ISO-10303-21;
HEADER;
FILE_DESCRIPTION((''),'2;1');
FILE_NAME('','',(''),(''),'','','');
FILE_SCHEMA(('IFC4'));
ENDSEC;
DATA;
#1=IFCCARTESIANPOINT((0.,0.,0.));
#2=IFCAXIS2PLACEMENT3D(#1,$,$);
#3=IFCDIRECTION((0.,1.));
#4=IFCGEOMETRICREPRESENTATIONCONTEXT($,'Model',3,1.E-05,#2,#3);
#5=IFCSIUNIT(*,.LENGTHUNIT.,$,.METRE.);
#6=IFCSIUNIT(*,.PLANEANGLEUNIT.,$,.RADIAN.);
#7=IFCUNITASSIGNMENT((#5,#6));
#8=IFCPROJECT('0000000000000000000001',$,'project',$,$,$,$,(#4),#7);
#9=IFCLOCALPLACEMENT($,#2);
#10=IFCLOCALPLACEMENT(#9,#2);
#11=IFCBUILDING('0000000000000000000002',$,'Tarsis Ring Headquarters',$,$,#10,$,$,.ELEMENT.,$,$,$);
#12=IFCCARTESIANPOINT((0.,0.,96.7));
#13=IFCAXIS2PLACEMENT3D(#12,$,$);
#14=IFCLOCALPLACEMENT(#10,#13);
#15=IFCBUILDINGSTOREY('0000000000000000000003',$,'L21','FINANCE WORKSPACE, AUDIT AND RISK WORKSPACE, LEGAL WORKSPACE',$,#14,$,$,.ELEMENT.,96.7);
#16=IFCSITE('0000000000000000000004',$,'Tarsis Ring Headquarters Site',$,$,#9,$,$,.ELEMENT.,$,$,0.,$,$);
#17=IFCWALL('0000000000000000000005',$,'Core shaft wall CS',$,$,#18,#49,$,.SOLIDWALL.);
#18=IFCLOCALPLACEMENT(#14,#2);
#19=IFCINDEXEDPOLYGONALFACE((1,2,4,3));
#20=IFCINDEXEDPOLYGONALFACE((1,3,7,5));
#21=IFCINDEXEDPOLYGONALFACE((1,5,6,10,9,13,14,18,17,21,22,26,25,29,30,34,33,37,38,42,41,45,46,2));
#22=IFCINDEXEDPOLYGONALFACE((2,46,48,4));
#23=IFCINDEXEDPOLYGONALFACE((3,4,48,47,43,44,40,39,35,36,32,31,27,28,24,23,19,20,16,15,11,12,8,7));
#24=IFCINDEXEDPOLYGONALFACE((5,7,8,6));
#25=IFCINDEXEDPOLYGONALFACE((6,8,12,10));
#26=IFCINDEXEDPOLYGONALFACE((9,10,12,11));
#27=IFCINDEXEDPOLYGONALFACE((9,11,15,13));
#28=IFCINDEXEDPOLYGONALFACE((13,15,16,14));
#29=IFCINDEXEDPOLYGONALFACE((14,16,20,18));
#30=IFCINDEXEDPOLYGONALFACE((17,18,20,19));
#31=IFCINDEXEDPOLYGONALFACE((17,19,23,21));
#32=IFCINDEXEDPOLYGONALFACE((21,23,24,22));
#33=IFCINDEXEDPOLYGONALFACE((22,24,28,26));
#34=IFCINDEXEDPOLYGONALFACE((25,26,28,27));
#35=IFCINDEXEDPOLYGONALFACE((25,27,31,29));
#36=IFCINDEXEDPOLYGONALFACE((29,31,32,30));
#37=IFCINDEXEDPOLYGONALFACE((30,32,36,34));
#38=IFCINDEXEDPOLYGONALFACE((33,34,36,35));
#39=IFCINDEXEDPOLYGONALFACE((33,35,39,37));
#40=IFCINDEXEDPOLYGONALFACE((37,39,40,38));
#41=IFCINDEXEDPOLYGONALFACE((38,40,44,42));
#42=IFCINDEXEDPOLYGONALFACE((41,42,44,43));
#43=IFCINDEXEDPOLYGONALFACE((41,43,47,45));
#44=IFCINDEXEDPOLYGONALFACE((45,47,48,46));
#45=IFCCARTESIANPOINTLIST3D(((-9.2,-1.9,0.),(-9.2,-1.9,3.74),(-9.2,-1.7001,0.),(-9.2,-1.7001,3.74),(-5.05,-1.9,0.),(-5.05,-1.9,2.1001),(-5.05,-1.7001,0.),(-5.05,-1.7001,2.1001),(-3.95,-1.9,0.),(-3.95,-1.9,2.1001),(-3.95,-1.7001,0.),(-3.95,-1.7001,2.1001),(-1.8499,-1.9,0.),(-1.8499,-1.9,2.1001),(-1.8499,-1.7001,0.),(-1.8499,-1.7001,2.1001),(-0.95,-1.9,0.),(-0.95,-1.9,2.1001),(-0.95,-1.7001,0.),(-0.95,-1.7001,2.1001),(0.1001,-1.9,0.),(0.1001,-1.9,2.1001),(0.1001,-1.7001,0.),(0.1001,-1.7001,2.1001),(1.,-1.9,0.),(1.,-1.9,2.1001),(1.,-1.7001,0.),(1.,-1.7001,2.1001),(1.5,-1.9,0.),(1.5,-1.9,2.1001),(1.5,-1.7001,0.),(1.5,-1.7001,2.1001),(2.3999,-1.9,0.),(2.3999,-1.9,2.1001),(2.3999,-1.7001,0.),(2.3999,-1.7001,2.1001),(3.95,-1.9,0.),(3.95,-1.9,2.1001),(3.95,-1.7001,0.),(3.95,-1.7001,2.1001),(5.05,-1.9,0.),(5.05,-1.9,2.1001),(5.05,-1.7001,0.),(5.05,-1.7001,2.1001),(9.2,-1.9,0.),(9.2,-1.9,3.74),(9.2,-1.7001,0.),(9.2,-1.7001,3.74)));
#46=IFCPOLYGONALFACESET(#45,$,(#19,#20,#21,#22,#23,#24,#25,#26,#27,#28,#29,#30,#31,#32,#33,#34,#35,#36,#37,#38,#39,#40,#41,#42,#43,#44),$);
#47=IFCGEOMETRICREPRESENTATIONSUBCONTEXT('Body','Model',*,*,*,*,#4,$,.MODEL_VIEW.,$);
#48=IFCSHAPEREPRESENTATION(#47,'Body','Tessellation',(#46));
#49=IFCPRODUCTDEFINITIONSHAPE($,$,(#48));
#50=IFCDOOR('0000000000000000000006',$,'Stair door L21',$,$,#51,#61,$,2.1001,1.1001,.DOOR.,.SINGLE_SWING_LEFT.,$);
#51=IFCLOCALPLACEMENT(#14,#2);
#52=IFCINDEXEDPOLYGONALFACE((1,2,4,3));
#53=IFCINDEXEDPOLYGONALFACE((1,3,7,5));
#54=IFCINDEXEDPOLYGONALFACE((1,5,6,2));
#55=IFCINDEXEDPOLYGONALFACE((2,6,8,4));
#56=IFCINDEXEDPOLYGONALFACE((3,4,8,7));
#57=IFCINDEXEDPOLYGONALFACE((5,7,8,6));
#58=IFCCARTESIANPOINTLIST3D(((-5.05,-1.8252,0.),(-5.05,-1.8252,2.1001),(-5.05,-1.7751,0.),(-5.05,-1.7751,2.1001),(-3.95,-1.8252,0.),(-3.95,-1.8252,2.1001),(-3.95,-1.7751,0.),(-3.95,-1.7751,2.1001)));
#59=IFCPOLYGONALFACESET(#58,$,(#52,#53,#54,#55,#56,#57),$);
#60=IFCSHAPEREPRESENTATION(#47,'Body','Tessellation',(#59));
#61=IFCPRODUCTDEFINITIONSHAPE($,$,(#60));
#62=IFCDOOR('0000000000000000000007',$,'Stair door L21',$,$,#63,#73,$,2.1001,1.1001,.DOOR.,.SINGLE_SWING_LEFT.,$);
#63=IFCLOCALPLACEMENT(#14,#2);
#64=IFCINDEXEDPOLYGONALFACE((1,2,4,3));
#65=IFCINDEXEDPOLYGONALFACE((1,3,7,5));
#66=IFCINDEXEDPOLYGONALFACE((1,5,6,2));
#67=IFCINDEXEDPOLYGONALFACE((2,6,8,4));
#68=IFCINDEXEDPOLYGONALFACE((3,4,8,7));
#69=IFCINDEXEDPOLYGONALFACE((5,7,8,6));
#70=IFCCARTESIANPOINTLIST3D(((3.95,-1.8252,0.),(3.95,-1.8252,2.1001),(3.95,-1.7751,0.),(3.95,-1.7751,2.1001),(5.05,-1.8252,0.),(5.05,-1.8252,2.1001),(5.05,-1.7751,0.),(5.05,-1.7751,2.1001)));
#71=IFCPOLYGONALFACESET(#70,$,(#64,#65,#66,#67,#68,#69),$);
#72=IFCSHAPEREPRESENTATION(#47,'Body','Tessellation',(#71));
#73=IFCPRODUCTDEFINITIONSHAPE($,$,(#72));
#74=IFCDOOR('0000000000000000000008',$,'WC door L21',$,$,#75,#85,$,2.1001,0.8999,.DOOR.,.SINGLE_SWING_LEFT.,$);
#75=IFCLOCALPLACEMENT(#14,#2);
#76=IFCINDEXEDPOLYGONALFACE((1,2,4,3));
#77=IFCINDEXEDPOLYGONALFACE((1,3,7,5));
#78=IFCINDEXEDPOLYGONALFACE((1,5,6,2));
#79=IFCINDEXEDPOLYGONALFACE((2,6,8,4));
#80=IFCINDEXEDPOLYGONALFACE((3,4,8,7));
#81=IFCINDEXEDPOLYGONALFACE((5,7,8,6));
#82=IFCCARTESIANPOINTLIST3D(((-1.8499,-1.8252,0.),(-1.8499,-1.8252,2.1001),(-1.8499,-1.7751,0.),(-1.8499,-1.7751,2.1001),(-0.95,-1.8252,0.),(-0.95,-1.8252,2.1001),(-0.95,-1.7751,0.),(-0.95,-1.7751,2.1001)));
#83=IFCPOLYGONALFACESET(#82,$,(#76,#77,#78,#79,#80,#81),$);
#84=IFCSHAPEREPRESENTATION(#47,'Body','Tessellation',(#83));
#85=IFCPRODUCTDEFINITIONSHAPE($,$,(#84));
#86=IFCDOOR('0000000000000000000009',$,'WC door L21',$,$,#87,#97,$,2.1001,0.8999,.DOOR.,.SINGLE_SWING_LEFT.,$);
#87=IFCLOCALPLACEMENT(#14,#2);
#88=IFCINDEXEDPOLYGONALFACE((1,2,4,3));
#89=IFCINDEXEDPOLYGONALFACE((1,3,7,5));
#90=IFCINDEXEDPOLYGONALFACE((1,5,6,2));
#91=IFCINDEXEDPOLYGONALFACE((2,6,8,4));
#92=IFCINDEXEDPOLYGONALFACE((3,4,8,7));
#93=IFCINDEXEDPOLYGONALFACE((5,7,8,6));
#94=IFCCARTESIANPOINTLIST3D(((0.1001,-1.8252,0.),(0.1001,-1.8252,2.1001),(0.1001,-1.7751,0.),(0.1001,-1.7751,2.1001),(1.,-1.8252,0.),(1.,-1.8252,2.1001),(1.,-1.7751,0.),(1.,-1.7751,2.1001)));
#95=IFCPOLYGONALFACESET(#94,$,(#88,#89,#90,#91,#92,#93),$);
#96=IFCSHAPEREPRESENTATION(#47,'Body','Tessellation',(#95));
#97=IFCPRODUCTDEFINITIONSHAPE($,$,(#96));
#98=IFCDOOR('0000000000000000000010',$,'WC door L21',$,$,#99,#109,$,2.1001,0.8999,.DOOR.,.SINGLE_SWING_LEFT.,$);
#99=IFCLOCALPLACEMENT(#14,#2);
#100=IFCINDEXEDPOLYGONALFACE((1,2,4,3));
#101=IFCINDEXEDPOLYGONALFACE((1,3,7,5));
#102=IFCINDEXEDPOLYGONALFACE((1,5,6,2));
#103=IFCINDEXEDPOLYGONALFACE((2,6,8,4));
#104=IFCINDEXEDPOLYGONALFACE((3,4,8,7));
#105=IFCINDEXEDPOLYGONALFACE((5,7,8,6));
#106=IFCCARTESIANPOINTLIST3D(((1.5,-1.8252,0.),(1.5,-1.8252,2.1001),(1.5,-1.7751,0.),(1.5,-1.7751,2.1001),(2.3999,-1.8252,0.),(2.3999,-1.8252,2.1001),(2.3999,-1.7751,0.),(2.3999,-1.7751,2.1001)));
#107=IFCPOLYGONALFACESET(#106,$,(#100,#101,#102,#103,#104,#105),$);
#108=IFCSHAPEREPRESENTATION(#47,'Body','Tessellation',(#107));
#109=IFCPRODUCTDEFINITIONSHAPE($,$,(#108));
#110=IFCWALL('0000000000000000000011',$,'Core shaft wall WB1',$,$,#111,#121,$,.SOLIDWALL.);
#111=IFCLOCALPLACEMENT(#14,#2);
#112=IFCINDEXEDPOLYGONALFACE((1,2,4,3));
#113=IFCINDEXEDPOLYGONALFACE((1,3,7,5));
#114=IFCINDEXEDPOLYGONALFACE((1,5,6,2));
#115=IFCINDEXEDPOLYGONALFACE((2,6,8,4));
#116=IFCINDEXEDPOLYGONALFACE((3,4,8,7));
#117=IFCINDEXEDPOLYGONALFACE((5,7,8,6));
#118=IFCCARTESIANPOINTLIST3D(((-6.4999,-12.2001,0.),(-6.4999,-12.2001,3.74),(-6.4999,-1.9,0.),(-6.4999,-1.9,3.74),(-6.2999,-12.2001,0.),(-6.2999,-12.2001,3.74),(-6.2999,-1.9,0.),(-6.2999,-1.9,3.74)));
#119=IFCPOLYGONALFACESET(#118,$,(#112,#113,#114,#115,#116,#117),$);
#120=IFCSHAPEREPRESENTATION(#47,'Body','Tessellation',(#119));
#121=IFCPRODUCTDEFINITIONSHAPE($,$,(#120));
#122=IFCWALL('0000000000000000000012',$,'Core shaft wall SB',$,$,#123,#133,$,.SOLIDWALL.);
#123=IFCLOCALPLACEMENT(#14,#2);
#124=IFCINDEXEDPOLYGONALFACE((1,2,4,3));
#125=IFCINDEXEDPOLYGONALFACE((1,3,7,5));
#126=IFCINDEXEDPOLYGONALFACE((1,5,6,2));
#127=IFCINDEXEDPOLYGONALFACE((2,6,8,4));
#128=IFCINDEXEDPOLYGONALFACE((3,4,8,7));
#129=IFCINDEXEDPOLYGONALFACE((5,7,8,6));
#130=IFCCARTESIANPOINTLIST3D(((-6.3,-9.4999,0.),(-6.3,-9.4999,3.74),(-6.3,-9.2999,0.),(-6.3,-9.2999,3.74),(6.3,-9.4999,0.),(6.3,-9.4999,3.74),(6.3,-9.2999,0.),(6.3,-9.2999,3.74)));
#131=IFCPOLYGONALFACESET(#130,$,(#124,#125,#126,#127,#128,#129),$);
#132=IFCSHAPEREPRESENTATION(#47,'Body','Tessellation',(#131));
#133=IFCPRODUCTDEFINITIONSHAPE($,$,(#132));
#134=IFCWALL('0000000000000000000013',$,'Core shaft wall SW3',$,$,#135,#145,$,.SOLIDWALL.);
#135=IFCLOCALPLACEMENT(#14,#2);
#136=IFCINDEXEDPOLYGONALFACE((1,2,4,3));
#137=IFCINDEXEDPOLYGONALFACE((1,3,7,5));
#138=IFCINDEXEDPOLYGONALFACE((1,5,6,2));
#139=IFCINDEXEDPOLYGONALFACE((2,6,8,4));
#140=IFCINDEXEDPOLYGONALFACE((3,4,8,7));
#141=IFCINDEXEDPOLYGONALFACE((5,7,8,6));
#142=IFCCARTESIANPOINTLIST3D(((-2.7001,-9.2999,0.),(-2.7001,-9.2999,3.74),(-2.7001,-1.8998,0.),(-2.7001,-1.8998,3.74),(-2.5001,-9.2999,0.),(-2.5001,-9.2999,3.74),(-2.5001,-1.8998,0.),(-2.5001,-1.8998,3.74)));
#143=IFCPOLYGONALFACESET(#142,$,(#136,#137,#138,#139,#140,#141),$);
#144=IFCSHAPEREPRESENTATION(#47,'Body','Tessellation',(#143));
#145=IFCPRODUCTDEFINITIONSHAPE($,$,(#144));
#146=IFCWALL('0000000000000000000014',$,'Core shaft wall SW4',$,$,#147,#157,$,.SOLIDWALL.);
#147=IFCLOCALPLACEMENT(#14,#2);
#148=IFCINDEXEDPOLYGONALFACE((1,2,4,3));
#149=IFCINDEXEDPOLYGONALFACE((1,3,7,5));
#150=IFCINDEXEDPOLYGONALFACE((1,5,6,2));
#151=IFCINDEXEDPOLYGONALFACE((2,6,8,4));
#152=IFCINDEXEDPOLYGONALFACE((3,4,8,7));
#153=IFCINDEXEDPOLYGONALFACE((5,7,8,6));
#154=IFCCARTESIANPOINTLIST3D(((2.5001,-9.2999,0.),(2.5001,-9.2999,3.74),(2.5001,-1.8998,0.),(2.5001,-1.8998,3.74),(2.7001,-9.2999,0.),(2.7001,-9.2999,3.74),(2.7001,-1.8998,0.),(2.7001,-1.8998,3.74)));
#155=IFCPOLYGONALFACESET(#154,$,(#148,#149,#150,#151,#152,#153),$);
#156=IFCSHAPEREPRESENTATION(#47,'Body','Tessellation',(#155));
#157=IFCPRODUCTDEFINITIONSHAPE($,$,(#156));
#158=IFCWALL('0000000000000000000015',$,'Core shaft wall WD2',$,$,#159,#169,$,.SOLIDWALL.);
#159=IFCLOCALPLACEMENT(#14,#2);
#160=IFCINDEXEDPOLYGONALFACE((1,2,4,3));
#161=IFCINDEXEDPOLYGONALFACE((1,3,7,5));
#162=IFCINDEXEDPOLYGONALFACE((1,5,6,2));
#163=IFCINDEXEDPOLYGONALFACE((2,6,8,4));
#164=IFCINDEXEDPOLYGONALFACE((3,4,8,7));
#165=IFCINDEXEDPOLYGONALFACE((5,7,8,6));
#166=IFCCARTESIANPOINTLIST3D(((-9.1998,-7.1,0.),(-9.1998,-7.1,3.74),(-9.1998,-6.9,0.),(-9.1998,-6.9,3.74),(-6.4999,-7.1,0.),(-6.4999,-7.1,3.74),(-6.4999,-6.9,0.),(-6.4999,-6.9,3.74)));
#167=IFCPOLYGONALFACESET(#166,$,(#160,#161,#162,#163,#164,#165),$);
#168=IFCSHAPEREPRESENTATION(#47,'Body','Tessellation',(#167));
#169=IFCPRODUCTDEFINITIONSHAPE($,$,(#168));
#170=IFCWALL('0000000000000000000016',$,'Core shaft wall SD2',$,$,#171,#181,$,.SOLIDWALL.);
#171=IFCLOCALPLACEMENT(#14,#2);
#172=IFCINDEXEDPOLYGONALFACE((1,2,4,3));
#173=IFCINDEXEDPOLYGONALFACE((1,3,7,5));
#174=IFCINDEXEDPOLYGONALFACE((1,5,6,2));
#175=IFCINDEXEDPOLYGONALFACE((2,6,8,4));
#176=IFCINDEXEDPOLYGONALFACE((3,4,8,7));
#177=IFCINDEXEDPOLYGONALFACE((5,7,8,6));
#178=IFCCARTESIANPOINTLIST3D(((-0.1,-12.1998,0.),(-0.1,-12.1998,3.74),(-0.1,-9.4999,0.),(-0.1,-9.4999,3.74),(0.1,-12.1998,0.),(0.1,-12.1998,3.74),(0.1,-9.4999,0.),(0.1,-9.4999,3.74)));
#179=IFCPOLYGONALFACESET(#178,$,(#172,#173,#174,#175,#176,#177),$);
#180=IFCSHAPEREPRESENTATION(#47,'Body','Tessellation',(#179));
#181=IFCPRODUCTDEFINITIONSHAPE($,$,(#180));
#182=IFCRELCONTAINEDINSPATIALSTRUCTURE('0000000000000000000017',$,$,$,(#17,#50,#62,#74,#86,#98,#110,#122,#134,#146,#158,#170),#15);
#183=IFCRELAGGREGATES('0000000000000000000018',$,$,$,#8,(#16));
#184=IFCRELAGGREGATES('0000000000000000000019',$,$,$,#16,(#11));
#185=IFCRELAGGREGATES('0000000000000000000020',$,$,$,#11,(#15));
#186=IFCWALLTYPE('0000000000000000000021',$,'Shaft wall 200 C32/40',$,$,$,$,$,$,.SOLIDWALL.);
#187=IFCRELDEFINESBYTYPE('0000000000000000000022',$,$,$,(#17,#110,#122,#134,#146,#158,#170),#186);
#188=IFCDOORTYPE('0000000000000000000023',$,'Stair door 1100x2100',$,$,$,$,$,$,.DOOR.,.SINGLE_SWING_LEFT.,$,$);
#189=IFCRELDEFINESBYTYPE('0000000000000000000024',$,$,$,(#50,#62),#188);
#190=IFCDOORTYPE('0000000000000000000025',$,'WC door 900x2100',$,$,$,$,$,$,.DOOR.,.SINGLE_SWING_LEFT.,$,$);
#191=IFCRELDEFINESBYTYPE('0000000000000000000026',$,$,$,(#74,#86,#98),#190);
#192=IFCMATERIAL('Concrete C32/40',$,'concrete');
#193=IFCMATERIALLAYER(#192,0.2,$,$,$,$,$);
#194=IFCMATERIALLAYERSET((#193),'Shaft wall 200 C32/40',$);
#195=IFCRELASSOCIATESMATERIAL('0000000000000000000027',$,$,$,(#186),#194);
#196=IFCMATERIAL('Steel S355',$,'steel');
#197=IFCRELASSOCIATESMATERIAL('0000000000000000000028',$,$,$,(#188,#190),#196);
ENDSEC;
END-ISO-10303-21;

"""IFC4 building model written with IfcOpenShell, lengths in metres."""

from ifc_helpers import new_model, si_unit, direction, frame, frame_2d, origin, place, context, subcontext, project, spatial, rectangle, extrude, material, layer, layer_set, type_object, element, fill, save


model = new_model("IFC4")

# Units and contexts
model_context = context("Model", 3, precision=1e-05, world=origin(), true_north=direction((0.0, 1.0)))
body_context = subcontext(model_context, "Body", "Model", "MODEL_VIEW")
ifc_project = project(units=[si_unit("LENGTHUNIT", "METRE"), si_unit("PLANEANGLEUNIT", "RADIAN")], contexts=[model_context])

# Site, building, storey
site_placement = place(None, origin())
site = spatial("IfcSite", under=ifc_project, at=site_placement, Name="Tarsis Ring Headquarters Site", CompositionType="ELEMENT", RefElevation=0.0)
building_placement = place(site_placement, origin())
building = spatial("IfcBuilding", under=site, at=building_placement, Name="Tarsis Ring Headquarters", CompositionType="ELEMENT")
storey_placement = place(building_placement, frame((0.0, 0.0, 96.7)))
storey = spatial("IfcBuildingStorey", under=building, at=storey_placement, Name="L21", Description="FINANCE WORKSPACE, AUDIT AND RISK WORKSPACE, LEGAL WORKSPACE", CompositionType="ELEMENT", Elevation=96.7)

# Shared definitions
ifc_material_1 = material(Name="Concrete C32/40", Category="concrete")

# Wall, openings, doors
ifc_layer_1 = layer(ifc_material_1, 0.2)
ifc_layer_set_1 = layer_set([ifc_layer_1], Name="Shaft wall 200 C32/40")
wall_type_1 = type_object("IfcWallType", Name="Shaft wall 200 C32/40", PredefinedType="SOLIDWALL", material=ifc_layer_set_1)
wall_1_placement = place(storey_placement, frame((-9.2, -1.8, 0.0), z_axis=(0.0, 0.0, 1.0), x_axis=(1.0, 0.0, 0.0)))
wall_1 = element("IfcWall", 1, at=wall_1_placement, inside=storey, type_object=wall_type_1, Name="Core shaft wall CS", PredefinedType="SOLIDWALL", context=body_context, shape_type="SweptSolid", body=[
    extrude(rectangle(XDim=18.3999, YDim=0.2, at=frame_2d((9.2, 0.0))), origin(), (0.0, 0.0, 1.0), 3.74),
])
opening_1_placement = place(wall_1_placement, frame((4.1499, 0.0, 0.0)))
opening_1 = element("IfcOpeningElement", 2, at=opening_1_placement, cuts=wall_1, PredefinedType="OPENING", context=body_context, shape_type="SweptSolid", body=[
    extrude(rectangle(XDim=1.1001, YDim=2.1001, at=frame_2d((0.55, 1.05))), frame((0.0, 0.1099, 0.0), z_axis=(0.0, -1.0, 0.0), x_axis=(1.0, 0.0, 0.0)), (0.0, 0.0, 1.0), 0.22),
])
opening_2_placement = place(wall_1_placement, frame((7.3501, 0.0, 0.0)))
opening_2 = element("IfcOpeningElement", 3, at=opening_2_placement, cuts=wall_1, PredefinedType="OPENING", context=body_context, shape_type="SweptSolid", body=[
    extrude(rectangle(XDim=0.8999, YDim=2.1001, at=frame_2d((0.45, 1.05))), frame((0.0, 0.1099, 0.0), z_axis=(0.0, -1.0, 0.0), x_axis=(1.0, 0.0, 0.0)), (0.0, 0.0, 1.0), 0.22),
])
opening_3_placement = place(wall_1_placement, frame((9.3, 0.0, 0.0)))
opening_3 = element("IfcOpeningElement", 4, at=opening_3_placement, cuts=wall_1, PredefinedType="OPENING", context=body_context, shape_type="SweptSolid", body=[
    extrude(rectangle(XDim=0.8999, YDim=2.1001, at=frame_2d((0.45, 1.05))), frame((0.0, 0.1099, 0.0), z_axis=(0.0, -1.0, 0.0), x_axis=(1.0, 0.0, 0.0)), (0.0, 0.0, 1.0), 0.22),
])
opening_4_placement = place(wall_1_placement, frame((10.7, 0.0, 0.0)))
opening_4 = element("IfcOpeningElement", 5, at=opening_4_placement, cuts=wall_1, PredefinedType="OPENING", context=body_context, shape_type="SweptSolid", body=[
    extrude(rectangle(XDim=0.8999, YDim=2.1001, at=frame_2d((0.45, 1.05))), frame((0.0, 0.1099, 0.0), z_axis=(0.0, -1.0, 0.0), x_axis=(1.0, 0.0, 0.0)), (0.0, 0.0, 1.0), 0.22),
])
opening_5_placement = place(wall_1_placement, frame((13.1499, 0.0, 0.0)))
opening_5 = element("IfcOpeningElement", 6, at=opening_5_placement, cuts=wall_1, PredefinedType="OPENING", context=body_context, shape_type="SweptSolid", body=[
    extrude(rectangle(XDim=1.1001, YDim=2.1001, at=frame_2d((0.55, 1.05))), frame((0.0, 0.1099, 0.0), z_axis=(0.0, -1.0, 0.0), x_axis=(1.0, 0.0, 0.0)), (0.0, 0.0, 1.0), 0.22),
])
ifc_material_2 = material(Name="Steel S355", Category="steel")
door_type_1 = type_object("IfcDoorType", Name="Stair door 1100x2100", OperationType="SINGLE_SWING_LEFT", PredefinedType="DOOR", material=ifc_material_2)
door_1_placement = place(opening_1_placement, origin())
door_1 = element("IfcDoor", 7, at=door_1_placement, inside=storey, type_object=door_type_1, Name="Stair door L21", OperationType="SINGLE_SWING_LEFT", OverallHeight=2.1001, OverallWidth=1.1001, PredefinedType="DOOR", context=body_context, shape_type="SweptSolid", body=[
    extrude(rectangle(XDim=1.1001, YDim=2.1001, at=frame_2d((0.55, 1.05))), frame((0.0, 0.0249, 0.0), z_axis=(0.0, -1.0, 0.0), x_axis=(1.0, 0.0, 0.0)), (0.0, 0.0, 1.0), 0.05),
])
fill(opening_1, door_1)
door_2_placement = place(opening_5_placement, origin())
door_2 = element("IfcDoor", 8, at=door_2_placement, inside=storey, type_object=door_type_1, Name="Stair door L21", OperationType="SINGLE_SWING_LEFT", OverallHeight=2.1001, OverallWidth=1.1001, PredefinedType="DOOR", context=body_context, shape_type="SweptSolid", body=[
    extrude(rectangle(XDim=1.1001, YDim=2.1001, at=frame_2d((0.55, 1.05))), frame((0.0, 0.0249, 0.0), z_axis=(0.0, -1.0, 0.0), x_axis=(1.0, 0.0, 0.0)), (0.0, 0.0, 1.0), 0.05),
])
fill(opening_5, door_2)
door_type_2 = type_object("IfcDoorType", Name="WC door 900x2100", OperationType="SINGLE_SWING_LEFT", PredefinedType="DOOR", material=ifc_material_2)
door_3_placement = place(opening_2_placement, origin())
door_3 = element("IfcDoor", 9, at=door_3_placement, inside=storey, type_object=door_type_2, Name="WC door L21", OperationType="SINGLE_SWING_LEFT", OverallHeight=2.1001, OverallWidth=0.8999, PredefinedType="DOOR", context=body_context, shape_type="SweptSolid", body=[
    extrude(rectangle(XDim=0.8999, YDim=2.1001, at=frame_2d((0.45, 1.05))), frame((0.0, 0.0249, 0.0), z_axis=(0.0, -1.0, 0.0), x_axis=(1.0, 0.0, 0.0)), (0.0, 0.0, 1.0), 0.05),
])
fill(opening_2, door_3)
door_4_placement = place(opening_3_placement, origin())
door_4 = element("IfcDoor", 10, at=door_4_placement, inside=storey, type_object=door_type_2, Name="WC door L21", OperationType="SINGLE_SWING_LEFT", OverallHeight=2.1001, OverallWidth=0.8999, PredefinedType="DOOR", context=body_context, shape_type="SweptSolid", body=[
    extrude(rectangle(XDim=0.8999, YDim=2.1001, at=frame_2d((0.45, 1.05))), frame((0.0, 0.0249, 0.0), z_axis=(0.0, -1.0, 0.0), x_axis=(1.0, 0.0, 0.0)), (0.0, 0.0, 1.0), 0.05),
])
fill(opening_3, door_4)
door_5_placement = place(opening_4_placement, origin())
door_5 = element("IfcDoor", 11, at=door_5_placement, inside=storey, type_object=door_type_2, Name="WC door L21", OperationType="SINGLE_SWING_LEFT", OverallHeight=2.1001, OverallWidth=0.8999, PredefinedType="DOOR", context=body_context, shape_type="SweptSolid", body=[
    extrude(rectangle(XDim=0.8999, YDim=2.1001, at=frame_2d((0.45, 1.05))), frame((0.0, 0.0249, 0.0), z_axis=(0.0, -1.0, 0.0), x_axis=(1.0, 0.0, 0.0)), (0.0, 0.0, 1.0), 0.05),
])
fill(opening_4, door_5)

# Walls
wall_2_placement = place(storey_placement, frame((-6.3999, -12.2, 0.0), z_axis=(0.0, 0.0, 1.0), x_axis=(0.0, 1.0, 0.0)))
element("IfcWall", 12, at=wall_2_placement, inside=storey, type_object=wall_type_1, Name="Core shaft wall WB1", PredefinedType="SOLIDWALL", context=body_context, shape_type="SweptSolid", body=[
    extrude(rectangle(XDim=10.3, YDim=0.2, at=frame_2d((5.1499, 0.0))), origin(), (0.0, 0.0, 1.0), 3.74),
])
wall_3_placement = place(storey_placement, frame((-6.3, -9.3999, 0.0), z_axis=(0.0, 0.0, 1.0), x_axis=(1.0, 0.0, 0.0)))
element("IfcWall", 13, at=wall_3_placement, inside=storey, type_object=wall_type_1, Name="Core shaft wall SB", PredefinedType="SOLIDWALL", context=body_context, shape_type="SweptSolid", body=[
    extrude(rectangle(XDim=12.6001, YDim=0.2, at=frame_2d((6.3, 0.0))), origin(), (0.0, 0.0, 1.0), 3.74),
])
for number, where, z_axis, x_axis, name in (
    (14, (-2.6001, -9.3, 0.0), (0.0, 0.0, 1.0), (0.0, 1.0, 0.0), "Core shaft wall SW3"),
    (15, (2.6001, -9.3, 0.0), (0.0, 0.0, 1.0), (0.0, 1.0, 0.0), "Core shaft wall SW4"),
):
    element("IfcWall", number, at=place(storey_placement, frame(where, z_axis=z_axis, x_axis=x_axis)), inside=storey, type_object=wall_type_1, Name=name, PredefinedType="SOLIDWALL", context=body_context, shape_type="SweptSolid", body=[
        extrude(rectangle(XDim=7.4001, YDim=0.2, at=frame_2d((3.7002, 0.0))), origin(), (0.0, 0.0, 1.0), 3.74),
    ])
for number, where, z_axis, x_axis, name in (
    (16, (-9.2, -7.0, 0.0), (0.0, 0.0, 1.0), (1.0, 0.0, 0.0), "Core shaft wall WD2"),
    (17, (0.0, -12.2, 0.0), (0.0, 0.0, 1.0), (0.0, 1.0, 0.0), "Core shaft wall SD2"),
):
    element("IfcWall", number, at=place(storey_placement, frame(where, z_axis=z_axis, x_axis=x_axis)), inside=storey, type_object=wall_type_1, Name=name, PredefinedType="SOLIDWALL", context=body_context, shape_type="SweptSolid", body=[
        extrude(rectangle(XDim=2.7, YDim=0.2, at=frame_2d((1.3501, 0.0))), origin(), (0.0, 0.0, 1.0), 3.74),
    ])

save(model, "model.ifc")
